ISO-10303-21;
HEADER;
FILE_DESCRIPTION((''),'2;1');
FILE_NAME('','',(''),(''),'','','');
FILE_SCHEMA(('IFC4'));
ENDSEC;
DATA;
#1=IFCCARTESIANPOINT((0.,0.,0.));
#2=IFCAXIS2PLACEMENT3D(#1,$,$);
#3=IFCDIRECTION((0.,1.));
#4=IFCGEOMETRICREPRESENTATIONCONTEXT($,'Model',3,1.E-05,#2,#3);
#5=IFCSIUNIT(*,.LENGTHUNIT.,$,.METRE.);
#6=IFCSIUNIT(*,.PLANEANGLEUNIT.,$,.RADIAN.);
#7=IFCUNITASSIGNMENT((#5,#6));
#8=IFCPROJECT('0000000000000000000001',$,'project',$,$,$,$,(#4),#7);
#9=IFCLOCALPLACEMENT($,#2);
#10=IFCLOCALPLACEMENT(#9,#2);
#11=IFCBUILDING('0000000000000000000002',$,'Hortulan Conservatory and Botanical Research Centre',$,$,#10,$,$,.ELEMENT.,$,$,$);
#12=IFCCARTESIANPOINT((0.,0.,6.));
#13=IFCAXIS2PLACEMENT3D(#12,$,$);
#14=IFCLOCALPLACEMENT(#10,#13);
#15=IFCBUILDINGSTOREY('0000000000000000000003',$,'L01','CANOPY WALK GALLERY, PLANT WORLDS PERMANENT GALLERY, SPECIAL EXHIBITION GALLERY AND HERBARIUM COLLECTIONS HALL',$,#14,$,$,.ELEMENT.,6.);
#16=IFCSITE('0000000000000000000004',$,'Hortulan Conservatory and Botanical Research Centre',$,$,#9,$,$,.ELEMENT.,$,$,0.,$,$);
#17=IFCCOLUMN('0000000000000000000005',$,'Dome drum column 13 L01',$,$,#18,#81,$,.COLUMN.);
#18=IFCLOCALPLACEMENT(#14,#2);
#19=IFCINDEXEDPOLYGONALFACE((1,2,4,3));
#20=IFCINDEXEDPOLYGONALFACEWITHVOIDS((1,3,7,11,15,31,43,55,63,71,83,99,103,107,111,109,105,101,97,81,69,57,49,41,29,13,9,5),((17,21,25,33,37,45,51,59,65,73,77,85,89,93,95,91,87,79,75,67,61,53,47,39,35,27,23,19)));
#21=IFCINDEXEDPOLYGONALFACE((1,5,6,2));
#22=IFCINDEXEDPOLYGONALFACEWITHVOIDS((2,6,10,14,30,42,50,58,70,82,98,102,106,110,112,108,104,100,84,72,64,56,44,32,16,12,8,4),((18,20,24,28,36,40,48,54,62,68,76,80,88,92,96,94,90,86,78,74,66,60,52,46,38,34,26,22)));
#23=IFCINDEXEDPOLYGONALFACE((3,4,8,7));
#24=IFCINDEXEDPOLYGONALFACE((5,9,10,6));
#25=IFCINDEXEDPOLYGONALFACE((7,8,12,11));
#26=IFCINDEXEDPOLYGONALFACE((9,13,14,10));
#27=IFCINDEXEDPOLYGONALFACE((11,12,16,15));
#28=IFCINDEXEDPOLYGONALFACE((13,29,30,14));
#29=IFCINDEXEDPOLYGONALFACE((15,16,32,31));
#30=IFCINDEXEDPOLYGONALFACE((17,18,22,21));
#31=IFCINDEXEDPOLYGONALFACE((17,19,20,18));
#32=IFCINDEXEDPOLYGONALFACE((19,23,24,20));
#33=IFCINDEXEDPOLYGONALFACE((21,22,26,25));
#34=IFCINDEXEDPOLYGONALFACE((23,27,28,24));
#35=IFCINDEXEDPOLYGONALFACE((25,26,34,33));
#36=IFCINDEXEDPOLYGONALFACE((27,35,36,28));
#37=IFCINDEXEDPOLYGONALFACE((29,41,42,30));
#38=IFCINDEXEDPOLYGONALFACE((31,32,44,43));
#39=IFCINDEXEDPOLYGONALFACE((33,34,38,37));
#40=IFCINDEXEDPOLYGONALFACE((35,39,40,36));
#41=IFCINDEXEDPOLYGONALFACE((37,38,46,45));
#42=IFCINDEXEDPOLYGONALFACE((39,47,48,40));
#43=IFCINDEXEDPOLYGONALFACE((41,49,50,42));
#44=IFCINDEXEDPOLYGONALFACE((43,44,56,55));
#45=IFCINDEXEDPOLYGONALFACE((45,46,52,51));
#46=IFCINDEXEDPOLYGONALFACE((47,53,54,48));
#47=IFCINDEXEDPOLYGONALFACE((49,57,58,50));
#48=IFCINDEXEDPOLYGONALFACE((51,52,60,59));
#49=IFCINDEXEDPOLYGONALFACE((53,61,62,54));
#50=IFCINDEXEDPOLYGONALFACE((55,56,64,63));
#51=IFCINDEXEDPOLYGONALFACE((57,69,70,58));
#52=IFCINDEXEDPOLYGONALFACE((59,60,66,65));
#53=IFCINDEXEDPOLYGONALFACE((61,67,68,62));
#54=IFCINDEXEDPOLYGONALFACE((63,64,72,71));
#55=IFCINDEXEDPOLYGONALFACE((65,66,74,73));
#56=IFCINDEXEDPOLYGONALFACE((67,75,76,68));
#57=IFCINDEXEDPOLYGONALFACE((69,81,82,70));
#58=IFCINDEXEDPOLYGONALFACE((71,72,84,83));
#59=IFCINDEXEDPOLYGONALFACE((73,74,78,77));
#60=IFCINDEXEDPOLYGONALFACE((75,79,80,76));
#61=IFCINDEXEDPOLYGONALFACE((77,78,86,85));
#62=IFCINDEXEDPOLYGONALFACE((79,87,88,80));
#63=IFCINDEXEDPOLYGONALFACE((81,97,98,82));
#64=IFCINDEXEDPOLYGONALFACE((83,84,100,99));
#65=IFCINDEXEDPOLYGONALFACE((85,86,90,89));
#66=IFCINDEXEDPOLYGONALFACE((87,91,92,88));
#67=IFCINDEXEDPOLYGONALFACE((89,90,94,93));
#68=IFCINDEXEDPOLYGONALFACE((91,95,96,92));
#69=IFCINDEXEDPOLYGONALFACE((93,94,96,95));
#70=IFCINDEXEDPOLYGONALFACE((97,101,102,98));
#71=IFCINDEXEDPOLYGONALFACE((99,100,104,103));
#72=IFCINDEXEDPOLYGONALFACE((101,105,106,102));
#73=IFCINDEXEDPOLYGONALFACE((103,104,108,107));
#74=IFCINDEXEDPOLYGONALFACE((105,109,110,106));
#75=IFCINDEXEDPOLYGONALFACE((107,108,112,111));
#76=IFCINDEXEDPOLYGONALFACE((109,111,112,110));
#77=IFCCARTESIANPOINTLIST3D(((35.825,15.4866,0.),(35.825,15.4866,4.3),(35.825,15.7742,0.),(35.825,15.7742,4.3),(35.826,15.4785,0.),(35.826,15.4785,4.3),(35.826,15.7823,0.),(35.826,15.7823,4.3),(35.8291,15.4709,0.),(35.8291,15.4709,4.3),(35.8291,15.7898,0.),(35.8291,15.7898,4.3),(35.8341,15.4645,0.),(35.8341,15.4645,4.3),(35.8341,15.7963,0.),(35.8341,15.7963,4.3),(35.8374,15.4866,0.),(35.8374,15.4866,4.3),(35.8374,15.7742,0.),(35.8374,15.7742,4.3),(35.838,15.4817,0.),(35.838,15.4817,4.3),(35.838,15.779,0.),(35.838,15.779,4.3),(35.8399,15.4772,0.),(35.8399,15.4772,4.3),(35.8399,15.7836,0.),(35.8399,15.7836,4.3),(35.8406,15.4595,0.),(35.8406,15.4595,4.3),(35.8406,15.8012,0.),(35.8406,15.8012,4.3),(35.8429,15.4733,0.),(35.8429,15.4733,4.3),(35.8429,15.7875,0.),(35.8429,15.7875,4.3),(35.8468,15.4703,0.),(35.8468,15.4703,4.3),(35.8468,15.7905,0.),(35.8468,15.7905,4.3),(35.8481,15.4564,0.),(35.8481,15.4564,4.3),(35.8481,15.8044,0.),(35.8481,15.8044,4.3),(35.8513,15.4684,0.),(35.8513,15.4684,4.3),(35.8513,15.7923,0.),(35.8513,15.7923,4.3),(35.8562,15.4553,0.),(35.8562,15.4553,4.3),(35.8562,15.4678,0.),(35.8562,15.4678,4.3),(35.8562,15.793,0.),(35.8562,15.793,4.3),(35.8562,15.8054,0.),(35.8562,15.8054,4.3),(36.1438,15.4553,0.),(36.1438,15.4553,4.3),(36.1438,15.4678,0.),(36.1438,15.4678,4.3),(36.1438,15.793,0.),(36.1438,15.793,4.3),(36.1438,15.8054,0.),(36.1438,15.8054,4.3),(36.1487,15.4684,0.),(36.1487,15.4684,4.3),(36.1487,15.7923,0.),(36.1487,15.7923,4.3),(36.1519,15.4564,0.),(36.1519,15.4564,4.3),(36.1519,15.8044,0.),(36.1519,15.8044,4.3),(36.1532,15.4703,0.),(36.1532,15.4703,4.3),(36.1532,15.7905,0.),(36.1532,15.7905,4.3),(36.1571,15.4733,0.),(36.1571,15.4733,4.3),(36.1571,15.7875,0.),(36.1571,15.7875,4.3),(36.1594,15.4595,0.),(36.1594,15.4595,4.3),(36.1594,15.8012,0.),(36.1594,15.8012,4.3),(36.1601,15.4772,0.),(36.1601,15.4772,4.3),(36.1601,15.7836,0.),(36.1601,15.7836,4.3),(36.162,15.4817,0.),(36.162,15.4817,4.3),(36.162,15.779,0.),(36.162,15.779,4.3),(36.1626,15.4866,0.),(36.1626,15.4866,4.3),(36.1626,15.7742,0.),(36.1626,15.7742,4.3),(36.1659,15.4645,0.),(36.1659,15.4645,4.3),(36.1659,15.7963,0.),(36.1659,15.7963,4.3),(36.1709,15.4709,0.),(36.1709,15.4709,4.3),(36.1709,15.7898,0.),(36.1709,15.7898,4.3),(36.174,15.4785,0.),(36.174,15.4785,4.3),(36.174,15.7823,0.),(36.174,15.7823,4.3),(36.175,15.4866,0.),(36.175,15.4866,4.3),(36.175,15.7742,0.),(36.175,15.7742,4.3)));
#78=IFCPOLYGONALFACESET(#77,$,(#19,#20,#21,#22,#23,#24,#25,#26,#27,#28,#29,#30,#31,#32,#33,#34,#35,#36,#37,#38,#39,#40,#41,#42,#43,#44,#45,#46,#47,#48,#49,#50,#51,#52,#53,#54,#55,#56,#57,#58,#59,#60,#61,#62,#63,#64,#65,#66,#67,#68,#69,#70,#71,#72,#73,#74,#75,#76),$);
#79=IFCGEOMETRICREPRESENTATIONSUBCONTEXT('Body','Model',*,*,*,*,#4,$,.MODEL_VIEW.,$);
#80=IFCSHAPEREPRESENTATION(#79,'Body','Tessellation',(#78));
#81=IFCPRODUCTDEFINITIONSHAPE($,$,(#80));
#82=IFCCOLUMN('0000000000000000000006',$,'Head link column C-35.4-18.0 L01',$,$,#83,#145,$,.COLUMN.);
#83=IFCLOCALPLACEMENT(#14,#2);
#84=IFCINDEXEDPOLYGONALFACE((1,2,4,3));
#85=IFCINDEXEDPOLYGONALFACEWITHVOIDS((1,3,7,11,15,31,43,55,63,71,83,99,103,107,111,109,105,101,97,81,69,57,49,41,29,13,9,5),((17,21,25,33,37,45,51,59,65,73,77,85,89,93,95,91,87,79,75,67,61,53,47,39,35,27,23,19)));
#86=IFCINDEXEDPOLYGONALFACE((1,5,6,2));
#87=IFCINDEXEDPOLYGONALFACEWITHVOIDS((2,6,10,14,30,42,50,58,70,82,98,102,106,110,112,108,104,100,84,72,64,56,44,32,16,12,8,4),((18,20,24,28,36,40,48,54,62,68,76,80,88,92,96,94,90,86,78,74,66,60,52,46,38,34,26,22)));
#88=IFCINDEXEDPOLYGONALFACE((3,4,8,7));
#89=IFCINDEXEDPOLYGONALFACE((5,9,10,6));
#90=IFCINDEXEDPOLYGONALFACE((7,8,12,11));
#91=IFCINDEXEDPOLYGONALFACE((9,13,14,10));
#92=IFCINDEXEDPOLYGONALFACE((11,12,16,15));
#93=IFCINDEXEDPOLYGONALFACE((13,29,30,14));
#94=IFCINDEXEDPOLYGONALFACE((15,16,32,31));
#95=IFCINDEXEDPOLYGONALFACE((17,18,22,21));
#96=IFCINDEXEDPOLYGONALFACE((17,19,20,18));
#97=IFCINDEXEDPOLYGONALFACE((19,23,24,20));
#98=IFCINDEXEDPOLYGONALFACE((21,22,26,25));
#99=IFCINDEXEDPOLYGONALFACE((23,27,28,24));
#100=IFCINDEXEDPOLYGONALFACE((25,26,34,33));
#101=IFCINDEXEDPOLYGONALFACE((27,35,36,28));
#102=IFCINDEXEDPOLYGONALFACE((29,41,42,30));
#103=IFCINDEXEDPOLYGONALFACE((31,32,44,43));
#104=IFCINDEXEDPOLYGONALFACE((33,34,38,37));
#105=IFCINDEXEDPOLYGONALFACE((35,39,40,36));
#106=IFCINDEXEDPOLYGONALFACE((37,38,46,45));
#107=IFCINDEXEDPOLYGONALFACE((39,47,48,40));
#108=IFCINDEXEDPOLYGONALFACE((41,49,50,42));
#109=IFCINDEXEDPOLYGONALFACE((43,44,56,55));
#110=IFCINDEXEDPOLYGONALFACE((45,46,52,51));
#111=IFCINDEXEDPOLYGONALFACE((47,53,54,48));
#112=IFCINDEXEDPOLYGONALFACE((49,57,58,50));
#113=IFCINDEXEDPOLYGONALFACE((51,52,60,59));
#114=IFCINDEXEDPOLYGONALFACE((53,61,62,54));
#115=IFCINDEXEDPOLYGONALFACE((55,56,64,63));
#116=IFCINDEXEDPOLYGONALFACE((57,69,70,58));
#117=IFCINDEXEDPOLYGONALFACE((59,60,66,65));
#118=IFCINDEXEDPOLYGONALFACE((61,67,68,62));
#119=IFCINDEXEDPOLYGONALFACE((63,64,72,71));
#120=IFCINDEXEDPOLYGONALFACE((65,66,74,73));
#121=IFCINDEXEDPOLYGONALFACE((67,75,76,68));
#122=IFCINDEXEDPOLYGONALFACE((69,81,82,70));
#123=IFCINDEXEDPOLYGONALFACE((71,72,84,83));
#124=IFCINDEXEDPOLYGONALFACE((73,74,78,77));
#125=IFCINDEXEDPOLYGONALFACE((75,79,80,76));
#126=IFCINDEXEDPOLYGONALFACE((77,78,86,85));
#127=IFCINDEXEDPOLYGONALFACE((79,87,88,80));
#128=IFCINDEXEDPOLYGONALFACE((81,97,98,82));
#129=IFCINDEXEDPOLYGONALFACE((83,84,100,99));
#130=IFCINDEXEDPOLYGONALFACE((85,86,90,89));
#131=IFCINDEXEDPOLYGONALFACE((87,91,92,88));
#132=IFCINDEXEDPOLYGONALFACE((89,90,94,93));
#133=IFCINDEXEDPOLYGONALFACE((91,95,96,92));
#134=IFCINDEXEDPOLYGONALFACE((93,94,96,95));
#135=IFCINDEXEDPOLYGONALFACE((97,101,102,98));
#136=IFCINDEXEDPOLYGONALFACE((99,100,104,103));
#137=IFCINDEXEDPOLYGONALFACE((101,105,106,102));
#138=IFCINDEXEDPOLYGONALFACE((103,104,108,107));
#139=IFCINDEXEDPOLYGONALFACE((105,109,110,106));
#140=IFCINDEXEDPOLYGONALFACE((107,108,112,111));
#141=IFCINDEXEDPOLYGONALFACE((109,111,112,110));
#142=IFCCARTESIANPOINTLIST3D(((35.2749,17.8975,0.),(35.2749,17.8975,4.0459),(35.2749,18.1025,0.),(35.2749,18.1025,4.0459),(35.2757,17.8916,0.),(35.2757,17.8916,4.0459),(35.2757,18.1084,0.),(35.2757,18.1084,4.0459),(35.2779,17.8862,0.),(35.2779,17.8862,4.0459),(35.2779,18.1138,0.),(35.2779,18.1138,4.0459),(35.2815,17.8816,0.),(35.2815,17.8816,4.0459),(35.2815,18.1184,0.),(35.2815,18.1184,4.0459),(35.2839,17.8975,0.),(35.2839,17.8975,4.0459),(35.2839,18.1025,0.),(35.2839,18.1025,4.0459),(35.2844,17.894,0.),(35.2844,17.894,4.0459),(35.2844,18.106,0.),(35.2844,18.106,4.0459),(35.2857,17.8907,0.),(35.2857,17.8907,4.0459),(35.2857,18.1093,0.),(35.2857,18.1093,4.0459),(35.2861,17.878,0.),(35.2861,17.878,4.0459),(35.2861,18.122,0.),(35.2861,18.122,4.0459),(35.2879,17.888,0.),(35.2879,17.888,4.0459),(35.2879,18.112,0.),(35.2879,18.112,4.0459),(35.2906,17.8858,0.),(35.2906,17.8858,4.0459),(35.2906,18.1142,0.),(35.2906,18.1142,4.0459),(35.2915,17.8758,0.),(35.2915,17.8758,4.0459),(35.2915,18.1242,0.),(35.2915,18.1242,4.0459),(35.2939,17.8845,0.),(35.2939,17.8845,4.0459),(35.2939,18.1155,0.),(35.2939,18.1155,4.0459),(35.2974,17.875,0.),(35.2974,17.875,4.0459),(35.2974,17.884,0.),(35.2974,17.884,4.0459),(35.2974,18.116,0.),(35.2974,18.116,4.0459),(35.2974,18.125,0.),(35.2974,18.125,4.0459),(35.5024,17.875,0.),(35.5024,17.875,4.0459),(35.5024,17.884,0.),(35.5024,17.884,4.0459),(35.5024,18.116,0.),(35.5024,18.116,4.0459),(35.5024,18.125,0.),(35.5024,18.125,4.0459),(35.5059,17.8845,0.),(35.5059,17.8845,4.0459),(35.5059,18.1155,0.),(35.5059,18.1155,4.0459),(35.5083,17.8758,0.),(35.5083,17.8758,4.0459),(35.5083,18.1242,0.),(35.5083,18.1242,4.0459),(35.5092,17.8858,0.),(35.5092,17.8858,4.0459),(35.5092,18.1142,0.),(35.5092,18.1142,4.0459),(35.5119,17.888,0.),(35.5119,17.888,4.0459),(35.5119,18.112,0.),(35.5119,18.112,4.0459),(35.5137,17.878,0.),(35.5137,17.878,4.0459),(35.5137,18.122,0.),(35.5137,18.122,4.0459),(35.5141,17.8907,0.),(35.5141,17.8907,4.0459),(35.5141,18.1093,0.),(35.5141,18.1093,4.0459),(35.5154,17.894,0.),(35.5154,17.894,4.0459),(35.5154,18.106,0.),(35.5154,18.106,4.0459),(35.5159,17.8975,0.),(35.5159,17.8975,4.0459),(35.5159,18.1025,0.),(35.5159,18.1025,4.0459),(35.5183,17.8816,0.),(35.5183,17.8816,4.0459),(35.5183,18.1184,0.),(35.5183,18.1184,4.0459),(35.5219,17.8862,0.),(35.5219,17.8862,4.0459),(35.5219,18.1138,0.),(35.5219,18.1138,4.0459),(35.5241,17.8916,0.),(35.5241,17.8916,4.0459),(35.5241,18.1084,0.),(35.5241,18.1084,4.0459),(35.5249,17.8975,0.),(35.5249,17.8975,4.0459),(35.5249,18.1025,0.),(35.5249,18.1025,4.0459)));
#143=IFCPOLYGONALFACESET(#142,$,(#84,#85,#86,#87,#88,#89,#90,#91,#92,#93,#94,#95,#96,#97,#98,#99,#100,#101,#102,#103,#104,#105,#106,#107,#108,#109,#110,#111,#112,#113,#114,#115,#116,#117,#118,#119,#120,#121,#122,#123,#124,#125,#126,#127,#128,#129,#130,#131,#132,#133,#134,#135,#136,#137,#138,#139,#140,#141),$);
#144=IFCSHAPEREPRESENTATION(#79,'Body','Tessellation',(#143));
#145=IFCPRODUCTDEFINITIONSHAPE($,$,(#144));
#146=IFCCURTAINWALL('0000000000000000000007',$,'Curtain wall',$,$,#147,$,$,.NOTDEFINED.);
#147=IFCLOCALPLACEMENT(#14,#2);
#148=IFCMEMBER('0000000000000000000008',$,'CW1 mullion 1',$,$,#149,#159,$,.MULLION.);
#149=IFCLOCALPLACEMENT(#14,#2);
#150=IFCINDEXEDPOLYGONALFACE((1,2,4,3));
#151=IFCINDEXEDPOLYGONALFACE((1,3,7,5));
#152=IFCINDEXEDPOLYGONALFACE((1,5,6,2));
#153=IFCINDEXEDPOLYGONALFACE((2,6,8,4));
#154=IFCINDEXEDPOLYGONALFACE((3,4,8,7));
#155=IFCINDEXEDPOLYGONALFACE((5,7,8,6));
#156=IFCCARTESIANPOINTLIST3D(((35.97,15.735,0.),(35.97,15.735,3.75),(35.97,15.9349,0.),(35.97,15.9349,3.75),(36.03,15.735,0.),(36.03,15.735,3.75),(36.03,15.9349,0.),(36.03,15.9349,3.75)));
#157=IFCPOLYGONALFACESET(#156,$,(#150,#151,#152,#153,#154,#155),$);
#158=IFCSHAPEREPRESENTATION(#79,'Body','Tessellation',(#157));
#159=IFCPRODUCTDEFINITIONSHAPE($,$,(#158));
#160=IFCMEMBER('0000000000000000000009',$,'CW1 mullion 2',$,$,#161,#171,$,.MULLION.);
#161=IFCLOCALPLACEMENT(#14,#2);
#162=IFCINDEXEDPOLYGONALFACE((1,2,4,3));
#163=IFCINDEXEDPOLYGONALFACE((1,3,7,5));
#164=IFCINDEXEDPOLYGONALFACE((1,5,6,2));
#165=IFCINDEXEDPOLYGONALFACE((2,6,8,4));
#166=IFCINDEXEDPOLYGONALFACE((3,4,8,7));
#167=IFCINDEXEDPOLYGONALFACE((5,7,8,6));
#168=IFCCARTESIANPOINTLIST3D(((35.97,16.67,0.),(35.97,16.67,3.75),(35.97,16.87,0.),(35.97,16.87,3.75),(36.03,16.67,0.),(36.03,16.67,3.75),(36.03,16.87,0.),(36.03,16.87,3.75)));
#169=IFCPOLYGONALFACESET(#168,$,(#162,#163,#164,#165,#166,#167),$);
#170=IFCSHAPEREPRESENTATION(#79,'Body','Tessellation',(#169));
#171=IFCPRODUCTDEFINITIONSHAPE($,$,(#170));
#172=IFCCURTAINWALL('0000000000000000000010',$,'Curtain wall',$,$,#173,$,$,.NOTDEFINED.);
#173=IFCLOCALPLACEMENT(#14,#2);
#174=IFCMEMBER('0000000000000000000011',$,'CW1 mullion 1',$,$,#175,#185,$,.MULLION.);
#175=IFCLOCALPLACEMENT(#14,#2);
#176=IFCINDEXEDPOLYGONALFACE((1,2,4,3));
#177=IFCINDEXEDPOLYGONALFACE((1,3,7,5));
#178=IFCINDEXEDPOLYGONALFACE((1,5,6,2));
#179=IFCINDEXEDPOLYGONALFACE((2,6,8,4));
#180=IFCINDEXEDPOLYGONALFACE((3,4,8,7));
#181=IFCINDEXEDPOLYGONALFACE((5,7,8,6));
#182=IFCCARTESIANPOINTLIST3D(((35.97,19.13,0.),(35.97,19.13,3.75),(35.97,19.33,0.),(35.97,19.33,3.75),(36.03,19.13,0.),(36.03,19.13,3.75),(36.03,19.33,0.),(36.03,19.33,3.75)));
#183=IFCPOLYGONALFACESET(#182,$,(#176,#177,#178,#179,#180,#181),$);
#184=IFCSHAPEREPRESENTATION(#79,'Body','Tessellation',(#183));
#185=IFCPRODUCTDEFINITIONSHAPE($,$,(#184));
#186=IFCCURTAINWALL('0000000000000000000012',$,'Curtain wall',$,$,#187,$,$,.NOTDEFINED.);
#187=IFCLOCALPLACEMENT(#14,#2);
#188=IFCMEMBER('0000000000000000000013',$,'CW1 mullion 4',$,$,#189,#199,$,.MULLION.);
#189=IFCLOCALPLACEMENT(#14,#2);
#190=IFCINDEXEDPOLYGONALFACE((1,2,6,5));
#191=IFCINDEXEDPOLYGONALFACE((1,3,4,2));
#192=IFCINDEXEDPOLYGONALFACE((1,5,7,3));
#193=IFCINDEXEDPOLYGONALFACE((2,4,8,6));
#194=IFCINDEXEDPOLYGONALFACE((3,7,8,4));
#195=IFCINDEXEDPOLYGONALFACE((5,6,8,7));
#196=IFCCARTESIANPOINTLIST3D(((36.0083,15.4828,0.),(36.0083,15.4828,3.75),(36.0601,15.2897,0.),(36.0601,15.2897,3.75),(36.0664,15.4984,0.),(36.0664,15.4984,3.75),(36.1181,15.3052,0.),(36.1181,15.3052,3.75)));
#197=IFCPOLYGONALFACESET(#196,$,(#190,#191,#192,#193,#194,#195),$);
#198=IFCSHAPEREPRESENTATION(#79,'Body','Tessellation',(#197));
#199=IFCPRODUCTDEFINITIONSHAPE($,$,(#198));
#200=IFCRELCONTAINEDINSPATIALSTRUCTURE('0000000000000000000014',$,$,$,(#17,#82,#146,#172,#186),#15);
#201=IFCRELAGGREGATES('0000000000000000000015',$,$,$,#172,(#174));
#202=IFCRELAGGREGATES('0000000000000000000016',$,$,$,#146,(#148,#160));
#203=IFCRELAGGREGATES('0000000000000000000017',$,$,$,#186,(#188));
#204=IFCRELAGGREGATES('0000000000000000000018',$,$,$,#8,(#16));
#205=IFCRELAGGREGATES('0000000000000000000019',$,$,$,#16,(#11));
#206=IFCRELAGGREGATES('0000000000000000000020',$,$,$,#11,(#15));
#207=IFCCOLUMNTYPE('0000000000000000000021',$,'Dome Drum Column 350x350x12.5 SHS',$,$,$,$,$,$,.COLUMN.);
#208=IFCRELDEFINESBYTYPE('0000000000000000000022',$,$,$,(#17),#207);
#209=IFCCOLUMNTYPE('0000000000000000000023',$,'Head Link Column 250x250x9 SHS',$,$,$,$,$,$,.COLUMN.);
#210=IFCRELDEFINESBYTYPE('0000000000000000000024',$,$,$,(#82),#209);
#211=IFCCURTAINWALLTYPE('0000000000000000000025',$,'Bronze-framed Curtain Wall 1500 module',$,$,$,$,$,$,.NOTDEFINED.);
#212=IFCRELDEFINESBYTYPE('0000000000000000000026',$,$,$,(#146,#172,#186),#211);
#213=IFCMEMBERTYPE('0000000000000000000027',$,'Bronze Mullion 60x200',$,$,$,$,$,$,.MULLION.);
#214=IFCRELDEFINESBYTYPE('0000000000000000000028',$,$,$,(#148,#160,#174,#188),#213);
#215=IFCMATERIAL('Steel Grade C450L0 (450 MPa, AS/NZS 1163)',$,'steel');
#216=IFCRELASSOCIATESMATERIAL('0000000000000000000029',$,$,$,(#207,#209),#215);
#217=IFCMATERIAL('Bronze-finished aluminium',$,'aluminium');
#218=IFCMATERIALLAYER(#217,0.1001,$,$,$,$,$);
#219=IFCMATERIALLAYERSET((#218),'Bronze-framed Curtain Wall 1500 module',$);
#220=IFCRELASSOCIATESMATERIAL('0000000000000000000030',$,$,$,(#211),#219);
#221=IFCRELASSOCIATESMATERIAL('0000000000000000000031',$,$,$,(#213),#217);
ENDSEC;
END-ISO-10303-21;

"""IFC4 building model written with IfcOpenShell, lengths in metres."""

from ifc_helpers import new_model, si_unit, direction, frame, origin, origin_2d, place, context, subcontext, project, spatial, rectangle, hollow_rectangle, extrude, material, layer, layer_set, material_profile, profile_set, type_object, element, aggregate, save


model = new_model("IFC4")

# Units and contexts
model_context = context("Model", 3, precision=1e-05, world=origin(), true_north=direction((0.0, 1.0)))
body_context = subcontext(model_context, "Body", "Model", "MODEL_VIEW")
ifc_project = project(units=[si_unit("LENGTHUNIT", "METRE"), si_unit("PLANEANGLEUNIT", "RADIAN")], contexts=[model_context])

# Site, building, storey
site_placement = place(None, origin())
site = spatial("IfcSite", under=ifc_project, at=site_placement, Name="Hortulan Conservatory and Botanical Research Centre", CompositionType="ELEMENT", RefElevation=0.0)
building_placement = place(site_placement, origin())
building = spatial("IfcBuilding", under=site, at=building_placement, Name="Hortulan Conservatory and Botanical Research Centre", CompositionType="ELEMENT")
storey_placement = place(building_placement, frame((0.0, 0.0, 6.0)))
storey = spatial("IfcBuildingStorey", under=building, at=storey_placement, Name="L01", Description="CANOPY WALK GALLERY, PLANT WORLDS PERMANENT GALLERY, SPECIAL EXHIBITION GALLERY AND HERBARIUM COLLECTIONS HALL", CompositionType="ELEMENT", Elevation=6.0)

# Columns
ifc_material_1 = material(Name="Steel Grade C450L0 (450 MPa, AS/NZS 1163)", Category="steel")
ifc_material_profile_1 = material_profile(ifc_material_1, hollow_rectangle(XDim=0.3501, YDim=0.3501, WallThickness=0.0125, InnerFilletRadius=0.0188, OuterFilletRadius=0.0312, at=origin_2d()), Name="350x350x12.5SHS")
ifc_profile_set_1 = profile_set([ifc_material_profile_1], Name="Steel Grade C450L0 (450 MPa, AS/NZS 1163)")
column_type_1 = type_object("IfcColumnType", Name="Dome Drum Column 350x350x12.5 SHS", PredefinedType="COLUMN", material=ifc_profile_set_1)
column_1_placement = place(storey_placement, frame((36.0, 15.6304, 0.0), z_axis=(0.0, 0.0, 1.0), x_axis=(1.0, 0.0, 0.0)))
element("IfcColumn", 1, at=column_1_placement, inside=storey, type_object=column_type_1, Name="Dome drum column 13 L01", PredefinedType="COLUMN", context=body_context, shape_type="SweptSolid", body=[
    extrude(hollow_rectangle(XDim=0.3501, YDim=0.3501, WallThickness=0.0125, InnerFilletRadius=0.0188, OuterFilletRadius=0.0312, at=origin_2d()), origin(), (0.0, 0.0, 1.0), 4.3),
])
ifc_material_profile_2 = material_profile(ifc_material_1, hollow_rectangle(XDim=0.25, YDim=0.25, WallThickness=0.009, InnerFilletRadius=0.0134, OuterFilletRadius=0.0225, at=origin_2d()), Name="250x250x9SHS")
ifc_profile_set_2 = profile_set([ifc_material_profile_2], Name="Steel Grade C450L0 (450 MPa, AS/NZS 1163)")
column_type_2 = type_object("IfcColumnType", Name="Head Link Column 250x250x9 SHS", PredefinedType="COLUMN", material=ifc_profile_set_2)
column_2_placement = place(storey_placement, frame((35.3999, 18.0, 0.0), z_axis=(0.0, 0.0, 1.0), x_axis=(1.0, 0.0, 0.0)))
element("IfcColumn", 2, at=column_2_placement, inside=storey, type_object=column_type_2, Name="Head link column C-35.4-18.0 L01", PredefinedType="COLUMN", context=body_context, shape_type="SweptSolid", body=[
    extrude(hollow_rectangle(XDim=0.25, YDim=0.25, WallThickness=0.009, InnerFilletRadius=0.0134, OuterFilletRadius=0.0225, at=origin_2d()), origin(), (0.0, 0.0, 1.0), 4.0459),
])

# Curtain wall, members
ifc_material_2 = material(Name="Bronze-finished aluminium", Category="aluminium")
ifc_layer_1 = layer(ifc_material_2, 0.1001)
ifc_layer_set_1 = layer_set([ifc_layer_1], Name="Bronze-framed Curtain Wall 1500 module")
curtain_wall_type = type_object("IfcCurtainWallType", Name="Bronze-framed Curtain Wall 1500 module", PredefinedType="NOTDEFINED", material=ifc_layer_set_1)
curtain_wall_1_placement = place(storey_placement, origin())
curtain_wall_1 = element("IfcCurtainWall", 3, at=curtain_wall_1_placement, inside=storey, type_object=curtain_wall_type, Name="Curtain wall", PredefinedType="NOTDEFINED")
ifc_material_profile_3 = material_profile(ifc_material_2, rectangle(XDim=0.0601, YDim=0.2, at=origin_2d()), Name="Bronze Mullion 60x200")
ifc_profile_set_3 = profile_set([ifc_material_profile_3], Name="Bronze-finished aluminium")
member_type_1 = type_object("IfcMemberType", Name="Bronze Mullion 60x200", PredefinedType="MULLION", material=ifc_profile_set_3)
member_1_placement = place(storey_placement, frame((36.0, 15.835, 0.0), z_axis=(0.0, 0.0, 1.0), x_axis=(-1.0, 0.0, 0.0)))
member_1 = element("IfcMember", 4, at=member_1_placement, type_object=member_type_1, Name="CW1 mullion 1", PredefinedType="MULLION", context=body_context, shape_type="SweptSolid", body=[
    extrude(rectangle(XDim=0.0601, YDim=0.2, at=origin_2d()), origin(), (0.0, 0.0, 1.0), 3.75),
])
member_2_placement = place(storey_placement, frame((36.0, 16.77, 0.0), z_axis=(0.0, 0.0, 1.0), x_axis=(-1.0, 0.0, 0.0)))
member_2 = element("IfcMember", 5, at=member_2_placement, type_object=member_type_1, Name="CW1 mullion 2", PredefinedType="MULLION", context=body_context, shape_type="SweptSolid", body=[
    extrude(rectangle(XDim=0.0601, YDim=0.2, at=origin_2d()), origin(), (0.0, 0.0, 1.0), 3.75),
])

# Curtain walls, members
curtain_wall_2_placement = place(storey_placement, origin())
curtain_wall_2 = element("IfcCurtainWall", 6, at=curtain_wall_2_placement, inside=storey, type_object=curtain_wall_type, Name="Curtain wall", PredefinedType="NOTDEFINED")
member_3_placement = place(storey_placement, frame((36.0, 19.23, 0.0), z_axis=(0.0, 0.0, 1.0), x_axis=(-1.0, 0.0, 0.0)))
member_3 = element("IfcMember", 7, at=member_3_placement, type_object=member_type_1, Name="CW1 mullion 1", PredefinedType="MULLION", context=body_context, shape_type="SweptSolid", body=[
    extrude(rectangle(XDim=0.0601, YDim=0.2, at=origin_2d()), origin(), (0.0, 0.0, 1.0), 3.75),
])
curtain_wall_3_placement = place(storey_placement, origin())
curtain_wall_3 = element("IfcCurtainWall", 8, at=curtain_wall_3_placement, inside=storey, type_object=curtain_wall_type, Name="Curtain wall", PredefinedType="NOTDEFINED")
member_4_placement = place(storey_placement, frame((36.0632, 15.394, 0.0), z_axis=(0.0, 0.0, 1.0), x_axis=(-0.965922, -0.258832, 0.0)))
member_4 = element("IfcMember", 9, at=member_4_placement, type_object=member_type_1, Name="CW1 mullion 4", PredefinedType="MULLION", context=body_context, shape_type="SweptSolid", body=[
    extrude(rectangle(XDim=0.0601, YDim=0.2, at=origin_2d()), origin(), (0.0, 0.0, 1.0), 3.75),
])

aggregate(curtain_wall_2, [member_3])

aggregate(curtain_wall_1, [member_1, member_2])
aggregate(curtain_wall_3, [member_4])

save(model, "model.ifc")
